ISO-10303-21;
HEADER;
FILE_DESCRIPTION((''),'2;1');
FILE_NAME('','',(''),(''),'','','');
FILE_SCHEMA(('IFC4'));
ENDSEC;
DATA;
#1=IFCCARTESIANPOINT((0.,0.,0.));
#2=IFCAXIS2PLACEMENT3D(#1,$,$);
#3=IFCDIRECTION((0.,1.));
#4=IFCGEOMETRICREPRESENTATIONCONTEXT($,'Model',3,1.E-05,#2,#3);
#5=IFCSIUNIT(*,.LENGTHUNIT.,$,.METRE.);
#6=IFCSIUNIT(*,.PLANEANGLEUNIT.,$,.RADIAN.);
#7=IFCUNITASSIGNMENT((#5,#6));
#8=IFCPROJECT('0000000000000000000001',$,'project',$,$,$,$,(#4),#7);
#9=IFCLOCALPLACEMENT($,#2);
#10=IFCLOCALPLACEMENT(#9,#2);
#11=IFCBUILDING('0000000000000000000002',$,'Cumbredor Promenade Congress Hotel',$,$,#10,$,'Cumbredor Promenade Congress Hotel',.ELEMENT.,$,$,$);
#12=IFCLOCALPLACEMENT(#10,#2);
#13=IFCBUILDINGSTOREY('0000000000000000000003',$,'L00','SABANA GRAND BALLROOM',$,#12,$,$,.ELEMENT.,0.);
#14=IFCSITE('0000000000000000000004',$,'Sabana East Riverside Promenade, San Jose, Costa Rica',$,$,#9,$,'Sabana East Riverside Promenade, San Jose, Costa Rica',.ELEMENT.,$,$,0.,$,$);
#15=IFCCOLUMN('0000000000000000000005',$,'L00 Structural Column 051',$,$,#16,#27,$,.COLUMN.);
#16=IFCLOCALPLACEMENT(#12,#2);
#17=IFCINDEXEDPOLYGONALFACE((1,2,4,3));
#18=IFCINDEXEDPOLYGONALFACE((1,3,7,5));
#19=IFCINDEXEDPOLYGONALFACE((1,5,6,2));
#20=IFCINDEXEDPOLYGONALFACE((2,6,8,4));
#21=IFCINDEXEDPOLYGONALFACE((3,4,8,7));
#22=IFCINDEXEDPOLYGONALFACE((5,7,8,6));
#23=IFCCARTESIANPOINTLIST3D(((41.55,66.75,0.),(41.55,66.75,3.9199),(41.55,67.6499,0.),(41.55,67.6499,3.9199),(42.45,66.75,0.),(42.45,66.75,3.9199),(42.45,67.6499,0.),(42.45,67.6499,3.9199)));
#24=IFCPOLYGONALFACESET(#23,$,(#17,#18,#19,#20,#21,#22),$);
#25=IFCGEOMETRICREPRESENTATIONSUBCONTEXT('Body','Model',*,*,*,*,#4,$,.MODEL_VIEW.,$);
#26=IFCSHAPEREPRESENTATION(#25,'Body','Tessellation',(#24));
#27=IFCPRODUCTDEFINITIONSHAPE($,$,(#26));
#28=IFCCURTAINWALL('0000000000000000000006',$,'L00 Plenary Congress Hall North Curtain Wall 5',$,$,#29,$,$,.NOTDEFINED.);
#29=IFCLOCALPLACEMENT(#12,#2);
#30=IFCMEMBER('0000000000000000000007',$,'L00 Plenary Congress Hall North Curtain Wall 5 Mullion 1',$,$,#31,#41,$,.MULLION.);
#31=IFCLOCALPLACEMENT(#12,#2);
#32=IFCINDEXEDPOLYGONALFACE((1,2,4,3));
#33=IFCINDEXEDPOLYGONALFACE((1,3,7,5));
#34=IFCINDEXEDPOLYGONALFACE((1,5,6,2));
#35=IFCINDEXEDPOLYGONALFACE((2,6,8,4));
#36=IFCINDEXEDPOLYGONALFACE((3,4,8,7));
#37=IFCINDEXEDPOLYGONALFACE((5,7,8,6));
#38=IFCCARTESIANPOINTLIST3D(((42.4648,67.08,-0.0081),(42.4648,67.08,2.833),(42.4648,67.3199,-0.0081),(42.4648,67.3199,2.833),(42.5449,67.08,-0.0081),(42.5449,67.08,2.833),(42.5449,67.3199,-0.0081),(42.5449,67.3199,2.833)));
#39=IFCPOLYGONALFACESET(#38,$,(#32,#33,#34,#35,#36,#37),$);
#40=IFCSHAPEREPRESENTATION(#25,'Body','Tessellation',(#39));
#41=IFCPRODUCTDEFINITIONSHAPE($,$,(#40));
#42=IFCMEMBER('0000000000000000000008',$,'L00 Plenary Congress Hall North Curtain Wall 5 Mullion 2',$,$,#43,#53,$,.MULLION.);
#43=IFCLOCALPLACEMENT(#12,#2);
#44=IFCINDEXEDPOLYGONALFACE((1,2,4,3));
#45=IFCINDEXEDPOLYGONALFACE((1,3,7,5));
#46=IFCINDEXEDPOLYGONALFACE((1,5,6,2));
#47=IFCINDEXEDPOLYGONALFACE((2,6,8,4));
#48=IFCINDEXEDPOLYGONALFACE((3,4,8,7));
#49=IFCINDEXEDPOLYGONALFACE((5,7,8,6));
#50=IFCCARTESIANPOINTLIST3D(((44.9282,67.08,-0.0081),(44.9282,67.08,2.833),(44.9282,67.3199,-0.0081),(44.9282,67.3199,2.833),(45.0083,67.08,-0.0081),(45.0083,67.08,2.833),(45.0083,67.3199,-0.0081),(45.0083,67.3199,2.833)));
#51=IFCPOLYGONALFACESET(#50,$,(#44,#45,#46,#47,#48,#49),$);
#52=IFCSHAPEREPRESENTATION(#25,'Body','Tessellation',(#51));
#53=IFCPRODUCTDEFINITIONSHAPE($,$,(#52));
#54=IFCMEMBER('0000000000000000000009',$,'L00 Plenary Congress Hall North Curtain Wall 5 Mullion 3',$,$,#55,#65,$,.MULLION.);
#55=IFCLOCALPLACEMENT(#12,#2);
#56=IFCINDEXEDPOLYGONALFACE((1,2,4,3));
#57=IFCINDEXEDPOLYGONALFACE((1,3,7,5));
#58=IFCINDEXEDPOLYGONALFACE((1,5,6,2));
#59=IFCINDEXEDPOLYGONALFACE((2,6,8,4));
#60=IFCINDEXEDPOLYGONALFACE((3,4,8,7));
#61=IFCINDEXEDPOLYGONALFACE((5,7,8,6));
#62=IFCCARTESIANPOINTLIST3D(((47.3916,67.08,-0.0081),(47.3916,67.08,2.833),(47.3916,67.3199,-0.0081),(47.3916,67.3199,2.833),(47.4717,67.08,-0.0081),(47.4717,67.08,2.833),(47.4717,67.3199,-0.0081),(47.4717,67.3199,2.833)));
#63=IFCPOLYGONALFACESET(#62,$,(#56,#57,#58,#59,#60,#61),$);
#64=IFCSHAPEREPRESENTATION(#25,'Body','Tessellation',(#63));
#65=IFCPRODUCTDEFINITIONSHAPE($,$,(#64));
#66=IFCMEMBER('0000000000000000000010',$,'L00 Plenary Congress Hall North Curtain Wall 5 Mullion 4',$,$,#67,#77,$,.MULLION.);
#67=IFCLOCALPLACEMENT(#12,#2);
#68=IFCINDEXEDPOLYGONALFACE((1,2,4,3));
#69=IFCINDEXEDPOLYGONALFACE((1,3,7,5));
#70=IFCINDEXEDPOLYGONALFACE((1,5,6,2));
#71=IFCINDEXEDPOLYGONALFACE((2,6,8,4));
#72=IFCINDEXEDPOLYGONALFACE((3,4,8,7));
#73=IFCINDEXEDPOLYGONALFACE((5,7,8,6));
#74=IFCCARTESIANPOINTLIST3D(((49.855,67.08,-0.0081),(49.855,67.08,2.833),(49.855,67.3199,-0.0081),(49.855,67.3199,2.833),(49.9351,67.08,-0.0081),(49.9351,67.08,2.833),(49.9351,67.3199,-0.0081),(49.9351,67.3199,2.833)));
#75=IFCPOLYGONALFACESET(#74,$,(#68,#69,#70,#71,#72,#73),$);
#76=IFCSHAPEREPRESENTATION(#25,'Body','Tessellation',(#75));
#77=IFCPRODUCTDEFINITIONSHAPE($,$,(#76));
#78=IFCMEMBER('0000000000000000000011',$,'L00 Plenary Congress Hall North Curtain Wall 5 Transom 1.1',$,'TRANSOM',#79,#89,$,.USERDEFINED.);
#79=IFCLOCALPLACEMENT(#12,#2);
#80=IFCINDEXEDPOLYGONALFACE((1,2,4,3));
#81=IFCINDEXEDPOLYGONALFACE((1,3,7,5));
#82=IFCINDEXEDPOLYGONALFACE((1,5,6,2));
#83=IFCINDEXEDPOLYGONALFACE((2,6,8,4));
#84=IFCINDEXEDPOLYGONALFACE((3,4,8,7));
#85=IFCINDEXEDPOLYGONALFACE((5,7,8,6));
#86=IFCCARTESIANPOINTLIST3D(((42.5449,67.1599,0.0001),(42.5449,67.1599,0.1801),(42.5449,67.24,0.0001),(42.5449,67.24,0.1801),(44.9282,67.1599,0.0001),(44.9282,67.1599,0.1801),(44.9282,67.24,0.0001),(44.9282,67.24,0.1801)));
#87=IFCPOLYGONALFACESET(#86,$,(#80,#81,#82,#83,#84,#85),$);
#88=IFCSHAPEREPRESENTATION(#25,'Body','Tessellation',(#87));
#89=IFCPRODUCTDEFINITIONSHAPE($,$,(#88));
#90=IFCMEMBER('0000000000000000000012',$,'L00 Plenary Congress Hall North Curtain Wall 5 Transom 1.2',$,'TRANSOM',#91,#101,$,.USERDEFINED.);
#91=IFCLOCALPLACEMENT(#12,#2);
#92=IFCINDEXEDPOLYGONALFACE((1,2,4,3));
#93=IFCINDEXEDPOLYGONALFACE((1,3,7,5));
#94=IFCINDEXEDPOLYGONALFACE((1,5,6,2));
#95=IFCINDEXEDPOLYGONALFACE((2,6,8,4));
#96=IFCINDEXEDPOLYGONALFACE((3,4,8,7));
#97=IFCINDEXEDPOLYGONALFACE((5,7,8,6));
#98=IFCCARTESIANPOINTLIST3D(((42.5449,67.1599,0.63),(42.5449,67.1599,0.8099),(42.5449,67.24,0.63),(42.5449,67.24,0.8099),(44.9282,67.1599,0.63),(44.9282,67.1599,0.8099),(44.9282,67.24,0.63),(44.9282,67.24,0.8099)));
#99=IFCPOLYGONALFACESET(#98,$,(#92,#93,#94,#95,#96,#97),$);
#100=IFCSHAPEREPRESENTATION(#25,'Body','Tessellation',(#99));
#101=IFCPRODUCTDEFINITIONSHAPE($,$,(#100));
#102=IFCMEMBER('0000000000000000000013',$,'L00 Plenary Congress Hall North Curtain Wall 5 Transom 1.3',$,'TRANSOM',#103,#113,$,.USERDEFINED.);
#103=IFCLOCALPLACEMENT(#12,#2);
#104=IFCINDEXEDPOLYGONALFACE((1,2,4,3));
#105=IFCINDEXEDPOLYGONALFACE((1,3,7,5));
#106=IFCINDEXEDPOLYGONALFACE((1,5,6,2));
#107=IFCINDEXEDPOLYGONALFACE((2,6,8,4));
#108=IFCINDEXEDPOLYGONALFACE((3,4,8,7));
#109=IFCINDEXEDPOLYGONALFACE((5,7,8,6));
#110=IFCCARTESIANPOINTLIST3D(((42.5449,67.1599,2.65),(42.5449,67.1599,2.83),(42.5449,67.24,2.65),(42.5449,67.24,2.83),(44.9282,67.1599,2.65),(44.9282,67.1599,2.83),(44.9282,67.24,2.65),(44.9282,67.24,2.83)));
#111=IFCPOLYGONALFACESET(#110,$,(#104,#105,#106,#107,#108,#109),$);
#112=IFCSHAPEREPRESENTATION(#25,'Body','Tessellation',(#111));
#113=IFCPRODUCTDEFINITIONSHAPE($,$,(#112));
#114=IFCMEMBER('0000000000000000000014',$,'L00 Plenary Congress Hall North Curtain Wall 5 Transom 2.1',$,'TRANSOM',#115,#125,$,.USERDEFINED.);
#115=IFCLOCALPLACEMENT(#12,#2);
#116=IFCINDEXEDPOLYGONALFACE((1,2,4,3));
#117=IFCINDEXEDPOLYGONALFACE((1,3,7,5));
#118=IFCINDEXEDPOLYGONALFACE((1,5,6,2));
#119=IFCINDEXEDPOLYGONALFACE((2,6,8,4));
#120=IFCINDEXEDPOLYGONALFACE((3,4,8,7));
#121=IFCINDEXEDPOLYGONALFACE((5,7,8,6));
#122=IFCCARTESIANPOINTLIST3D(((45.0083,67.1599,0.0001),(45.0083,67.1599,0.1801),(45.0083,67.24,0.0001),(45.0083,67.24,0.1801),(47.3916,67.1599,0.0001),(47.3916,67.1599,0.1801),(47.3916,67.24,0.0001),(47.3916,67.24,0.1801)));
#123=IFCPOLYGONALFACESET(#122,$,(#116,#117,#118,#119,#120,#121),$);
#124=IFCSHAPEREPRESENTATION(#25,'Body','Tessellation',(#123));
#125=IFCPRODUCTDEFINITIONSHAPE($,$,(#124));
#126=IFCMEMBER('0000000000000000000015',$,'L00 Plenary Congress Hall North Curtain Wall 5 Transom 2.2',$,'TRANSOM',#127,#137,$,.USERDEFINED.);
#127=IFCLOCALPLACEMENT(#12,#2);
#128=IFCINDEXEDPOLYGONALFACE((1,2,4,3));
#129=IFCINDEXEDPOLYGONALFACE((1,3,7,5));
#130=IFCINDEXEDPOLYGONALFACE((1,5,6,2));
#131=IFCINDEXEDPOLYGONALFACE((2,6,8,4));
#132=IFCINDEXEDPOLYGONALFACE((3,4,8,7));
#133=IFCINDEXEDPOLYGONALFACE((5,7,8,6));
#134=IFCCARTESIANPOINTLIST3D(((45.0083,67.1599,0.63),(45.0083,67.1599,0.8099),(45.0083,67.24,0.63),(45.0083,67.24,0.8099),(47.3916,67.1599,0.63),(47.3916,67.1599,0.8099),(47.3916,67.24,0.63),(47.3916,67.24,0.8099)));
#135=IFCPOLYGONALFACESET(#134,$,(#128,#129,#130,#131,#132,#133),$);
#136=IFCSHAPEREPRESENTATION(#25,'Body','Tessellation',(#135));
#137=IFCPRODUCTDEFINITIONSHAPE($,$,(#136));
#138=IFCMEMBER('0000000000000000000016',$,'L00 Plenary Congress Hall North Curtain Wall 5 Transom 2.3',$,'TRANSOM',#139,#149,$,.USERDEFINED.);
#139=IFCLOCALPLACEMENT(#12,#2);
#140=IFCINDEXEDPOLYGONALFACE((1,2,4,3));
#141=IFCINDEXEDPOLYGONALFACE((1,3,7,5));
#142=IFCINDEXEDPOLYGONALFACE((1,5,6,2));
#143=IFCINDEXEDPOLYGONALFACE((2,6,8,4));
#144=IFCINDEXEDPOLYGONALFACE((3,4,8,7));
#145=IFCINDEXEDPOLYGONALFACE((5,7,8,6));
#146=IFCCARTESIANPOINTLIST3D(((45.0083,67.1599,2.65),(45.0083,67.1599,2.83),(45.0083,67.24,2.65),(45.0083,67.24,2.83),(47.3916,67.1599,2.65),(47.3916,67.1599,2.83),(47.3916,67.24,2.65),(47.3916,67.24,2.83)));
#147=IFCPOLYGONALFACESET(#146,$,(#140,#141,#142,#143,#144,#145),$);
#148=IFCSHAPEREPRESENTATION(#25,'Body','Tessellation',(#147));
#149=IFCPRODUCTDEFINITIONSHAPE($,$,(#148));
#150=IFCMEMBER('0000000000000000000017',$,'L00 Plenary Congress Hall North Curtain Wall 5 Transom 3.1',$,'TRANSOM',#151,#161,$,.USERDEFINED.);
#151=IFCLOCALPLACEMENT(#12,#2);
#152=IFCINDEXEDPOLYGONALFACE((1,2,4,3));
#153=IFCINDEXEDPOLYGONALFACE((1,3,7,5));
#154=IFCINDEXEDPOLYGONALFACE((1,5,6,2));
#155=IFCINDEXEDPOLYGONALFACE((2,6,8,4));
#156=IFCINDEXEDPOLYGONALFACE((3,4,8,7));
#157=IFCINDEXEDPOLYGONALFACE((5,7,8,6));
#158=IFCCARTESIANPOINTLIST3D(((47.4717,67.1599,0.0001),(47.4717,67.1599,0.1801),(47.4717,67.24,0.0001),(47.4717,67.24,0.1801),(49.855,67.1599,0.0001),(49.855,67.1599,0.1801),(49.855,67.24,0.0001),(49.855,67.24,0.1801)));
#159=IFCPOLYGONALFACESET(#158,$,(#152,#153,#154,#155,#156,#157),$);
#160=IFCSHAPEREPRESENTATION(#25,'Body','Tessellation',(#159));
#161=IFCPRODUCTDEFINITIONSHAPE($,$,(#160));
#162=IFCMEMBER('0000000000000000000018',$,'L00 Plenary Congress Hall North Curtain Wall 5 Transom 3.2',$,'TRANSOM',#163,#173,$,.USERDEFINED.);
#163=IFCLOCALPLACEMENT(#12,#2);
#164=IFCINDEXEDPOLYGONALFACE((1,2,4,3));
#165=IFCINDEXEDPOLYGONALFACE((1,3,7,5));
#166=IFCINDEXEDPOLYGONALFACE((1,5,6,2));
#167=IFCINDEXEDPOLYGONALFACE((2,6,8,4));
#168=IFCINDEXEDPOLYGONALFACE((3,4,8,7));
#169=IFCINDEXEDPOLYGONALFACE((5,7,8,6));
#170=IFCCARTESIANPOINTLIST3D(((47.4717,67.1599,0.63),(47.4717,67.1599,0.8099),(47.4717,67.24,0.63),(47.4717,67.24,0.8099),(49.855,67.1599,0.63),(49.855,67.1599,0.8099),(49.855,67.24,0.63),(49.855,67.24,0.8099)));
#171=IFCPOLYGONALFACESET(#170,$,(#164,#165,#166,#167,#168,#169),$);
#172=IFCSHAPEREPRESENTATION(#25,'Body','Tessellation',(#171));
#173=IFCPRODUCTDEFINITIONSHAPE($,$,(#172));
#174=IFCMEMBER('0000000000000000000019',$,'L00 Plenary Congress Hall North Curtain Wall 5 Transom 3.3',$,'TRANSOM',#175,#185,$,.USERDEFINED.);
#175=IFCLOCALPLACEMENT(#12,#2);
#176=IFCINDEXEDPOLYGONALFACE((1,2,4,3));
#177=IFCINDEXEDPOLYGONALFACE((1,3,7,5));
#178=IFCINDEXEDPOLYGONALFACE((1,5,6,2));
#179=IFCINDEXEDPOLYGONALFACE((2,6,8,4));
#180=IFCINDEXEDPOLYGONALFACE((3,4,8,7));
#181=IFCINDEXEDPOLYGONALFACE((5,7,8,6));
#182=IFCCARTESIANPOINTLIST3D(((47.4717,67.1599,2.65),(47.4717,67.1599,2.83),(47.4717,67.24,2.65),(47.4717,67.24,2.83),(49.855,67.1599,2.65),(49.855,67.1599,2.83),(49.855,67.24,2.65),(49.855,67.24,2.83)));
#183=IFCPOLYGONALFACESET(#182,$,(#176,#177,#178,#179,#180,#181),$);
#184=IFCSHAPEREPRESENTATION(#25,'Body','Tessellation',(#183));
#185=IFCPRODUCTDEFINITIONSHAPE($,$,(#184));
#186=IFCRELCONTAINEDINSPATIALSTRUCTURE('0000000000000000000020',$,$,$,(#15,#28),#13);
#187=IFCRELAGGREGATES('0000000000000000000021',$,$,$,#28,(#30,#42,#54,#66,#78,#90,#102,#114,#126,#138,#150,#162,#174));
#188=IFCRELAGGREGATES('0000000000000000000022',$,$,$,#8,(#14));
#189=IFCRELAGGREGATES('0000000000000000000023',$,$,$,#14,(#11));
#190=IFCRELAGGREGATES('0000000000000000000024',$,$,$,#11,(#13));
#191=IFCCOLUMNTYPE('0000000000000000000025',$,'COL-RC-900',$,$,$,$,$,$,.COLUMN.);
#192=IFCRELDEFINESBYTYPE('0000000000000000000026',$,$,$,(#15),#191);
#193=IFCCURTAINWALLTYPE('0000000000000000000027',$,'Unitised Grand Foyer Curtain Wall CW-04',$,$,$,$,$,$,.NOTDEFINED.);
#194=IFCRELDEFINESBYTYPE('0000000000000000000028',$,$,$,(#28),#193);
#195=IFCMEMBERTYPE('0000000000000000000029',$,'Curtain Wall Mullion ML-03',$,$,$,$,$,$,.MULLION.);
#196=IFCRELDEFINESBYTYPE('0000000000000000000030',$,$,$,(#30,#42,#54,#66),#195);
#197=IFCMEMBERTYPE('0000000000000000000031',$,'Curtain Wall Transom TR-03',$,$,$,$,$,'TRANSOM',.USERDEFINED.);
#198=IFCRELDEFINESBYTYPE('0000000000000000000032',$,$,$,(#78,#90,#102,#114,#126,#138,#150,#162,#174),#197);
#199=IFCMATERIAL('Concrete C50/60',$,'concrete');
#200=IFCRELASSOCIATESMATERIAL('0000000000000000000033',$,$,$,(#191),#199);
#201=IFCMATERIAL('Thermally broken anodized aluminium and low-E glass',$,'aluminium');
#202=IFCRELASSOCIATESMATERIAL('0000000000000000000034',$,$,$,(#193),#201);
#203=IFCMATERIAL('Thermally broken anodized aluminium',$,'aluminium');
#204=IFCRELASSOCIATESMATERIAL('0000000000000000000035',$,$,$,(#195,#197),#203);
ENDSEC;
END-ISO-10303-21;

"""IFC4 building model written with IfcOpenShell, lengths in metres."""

from ifc_helpers import new_model, si_unit, direction, frame, origin, origin_2d, place, context, subcontext, project, spatial, rectangle, extrude, material, material_profile, profile_set, type_object, element, aggregate, save


model = new_model("IFC4")

# Units and contexts
model_context = context("Model", 3, precision=1e-05, world=origin(), true_north=direction((0.0, 1.0)))
body_context = subcontext(model_context, "Body", "Model", "MODEL_VIEW")
ifc_project = project(units=[si_unit("LENGTHUNIT", "METRE"), si_unit("PLANEANGLEUNIT", "RADIAN")], contexts=[model_context])

# Site, building, storey
site_placement = place(None, origin())
site = spatial("IfcSite", under=ifc_project, at=site_placement, Name="Sabana East Riverside Promenade, San Jose, Costa Rica", LongName="Sabana East Riverside Promenade, San Jose, Costa Rica", CompositionType="ELEMENT", RefElevation=0.0)
building_placement = place(site_placement, origin())
building = spatial("IfcBuilding", under=site, at=building_placement, Name="Cumbredor Promenade Congress Hotel", LongName="Cumbredor Promenade Congress Hotel", CompositionType="ELEMENT")
storey_placement = place(building_placement, origin())
storey = spatial("IfcBuildingStorey", under=building, at=storey_placement, Name="L00", Description="SABANA GRAND BALLROOM", CompositionType="ELEMENT", Elevation=0.0)

# Column
ifc_material_1 = material(Name="Concrete C50/60", Category="concrete")
ifc_material_profile_1 = material_profile(ifc_material_1, rectangle(XDim=0.8999, YDim=0.8999, at=origin_2d()), Name="RC 900x900")
ifc_profile_set_1 = profile_set([ifc_material_profile_1], Name="Concrete C50/60")
column_type = type_object("IfcColumnType", Name="COL-RC-900", PredefinedType="COLUMN", material=ifc_profile_set_1)
column_placement = place(storey_placement, frame((42.0, 67.2, 0.0), z_axis=(0.0, 0.0, 1.0), x_axis=(1.0, 0.0, 0.0)))
element("IfcColumn", 1, at=column_placement, inside=storey, type_object=column_type, Name="L00 Structural Column 051", PredefinedType="COLUMN", context=body_context, shape_type="SweptSolid", body=[
    extrude(rectangle(XDim=0.8999, YDim=0.8999, at=origin_2d()), origin(), (0.0, 0.0, 1.0), 3.9199),
])

# Curtain wall, members
ifc_material_2 = material(Name="Thermally broken anodized aluminium and low-E glass", Category="aluminium")
curtain_wall_type = type_object("IfcCurtainWallType", Name="Unitised Grand Foyer Curtain Wall CW-04", PredefinedType="NOTDEFINED", material=ifc_material_2)
curtain_wall_1_placement = place(storey_placement, origin())
curtain_wall_1 = element("IfcCurtainWall", 2, at=curtain_wall_1_placement, inside=storey, type_object=curtain_wall_type, Name="L00 Plenary Congress Hall North Curtain Wall 5", PredefinedType="NOTDEFINED")
ifc_material_3 = material(Name="Thermally broken anodized aluminium", Category="aluminium")
ifc_material_profile_2 = material_profile(ifc_material_3, rectangle(XDim=0.0801, YDim=0.24, at=origin_2d()), Name="ALU MULLION 80x240")
ifc_profile_set_2 = profile_set([ifc_material_profile_2], Name="Thermally broken anodized aluminium")
member_type_1 = type_object("IfcMemberType", Name="Curtain Wall Mullion ML-03", PredefinedType="MULLION", material=ifc_profile_set_2)
member_1_placement = place(storey_placement, frame((42.5049, 67.2, -0.0081), z_axis=(0.0, 0.0, 1.0), x_axis=(1.0, 0.0, 0.0)))
member_1 = element("IfcMember", 3, at=member_1_placement, type_object=member_type_1, Name="L00 Plenary Congress Hall North Curtain Wall 5 Mullion 1", PredefinedType="MULLION", context=body_context, shape_type="SweptSolid", body=[
    extrude(rectangle(XDim=0.0801, YDim=0.24, at=origin_2d()), origin(), (0.0, 0.0, 1.0), 2.8411),
])
member_2_placement = place(storey_placement, frame((44.9683, 67.2, -0.0081), z_axis=(0.0, 0.0, 1.0), x_axis=(1.0, 0.0, 0.0)))
member_2 = element("IfcMember", 4, at=member_2_placement, type_object=member_type_1, Name="L00 Plenary Congress Hall North Curtain Wall 5 Mullion 2", PredefinedType="MULLION", context=body_context, shape_type="SweptSolid", body=[
    extrude(rectangle(XDim=0.0801, YDim=0.24, at=origin_2d()), origin(), (0.0, 0.0, 1.0), 2.8411),
])
member_3_placement = place(storey_placement, frame((47.4316, 67.2, -0.0081), z_axis=(0.0, 0.0, 1.0), x_axis=(1.0, 0.0, 0.0)))
member_3 = element("IfcMember", 5, at=member_3_placement, type_object=member_type_1, Name="L00 Plenary Congress Hall North Curtain Wall 5 Mullion 3", PredefinedType="MULLION", context=body_context, shape_type="SweptSolid", body=[
    extrude(rectangle(XDim=0.0801, YDim=0.24, at=origin_2d()), origin(), (0.0, 0.0, 1.0), 2.8411),
])
member_4_placement = place(storey_placement, frame((49.895, 67.2, -0.0081), z_axis=(0.0, 0.0, 1.0), x_axis=(1.0, 0.0, 0.0)))
member_4 = element("IfcMember", 6, at=member_4_placement, type_object=member_type_1, Name="L00 Plenary Congress Hall North Curtain Wall 5 Mullion 4", PredefinedType="MULLION", context=body_context, shape_type="SweptSolid", body=[
    extrude(rectangle(XDim=0.0801, YDim=0.24, at=origin_2d()), origin(), (0.0, 0.0, 1.0), 2.8411),
])
ifc_material_profile_3 = material_profile(ifc_material_3, rectangle(XDim=0.0801, YDim=0.1799, at=origin_2d()), Name="ALU TRANSOM 80x180")
ifc_profile_set_3 = profile_set([ifc_material_profile_3], Name="Thermally broken anodized aluminium")
member_type_2 = type_object("IfcMemberType", Name="Curtain Wall Transom TR-03", ElementType="TRANSOM", PredefinedType="USERDEFINED", material=ifc_profile_set_3)
member_5_placement = place(storey_placement, frame((42.5449, 67.2, 0.0901), z_axis=(1.0, 0.0, 0.0), x_axis=(0.0, 1.0, 0.0)))
member_5 = element("IfcMember", 7, at=member_5_placement, type_object=member_type_2, Name="L00 Plenary Congress Hall North Curtain Wall 5 Transom 1.1", ObjectType="TRANSOM", PredefinedType="USERDEFINED", context=body_context, shape_type="SweptSolid", body=[
    extrude(rectangle(XDim=0.0801, YDim=0.1799, at=origin_2d()), origin(), (0.0, 0.0, 1.0), 2.3833),
])
member_6_placement = place(storey_placement, frame((42.5449, 67.2, 0.72), z_axis=(1.0, 0.0, 0.0), x_axis=(0.0, 1.0, 0.0)))
member_6 = element("IfcMember", 8, at=member_6_placement, type_object=member_type_2, Name="L00 Plenary Congress Hall North Curtain Wall 5 Transom 1.2", ObjectType="TRANSOM", PredefinedType="USERDEFINED", context=body_context, shape_type="SweptSolid", body=[
    extrude(rectangle(XDim=0.0801, YDim=0.1799, at=origin_2d()), origin(), (0.0, 0.0, 1.0), 2.3833),
])
member_7_placement = place(storey_placement, frame((42.5449, 67.2, 2.74), z_axis=(1.0, 0.0, 0.0), x_axis=(0.0, 1.0, 0.0)))
member_7 = element("IfcMember", 9, at=member_7_placement, type_object=member_type_2, Name="L00 Plenary Congress Hall North Curtain Wall 5 Transom 1.3", ObjectType="TRANSOM", PredefinedType="USERDEFINED", context=body_context, shape_type="SweptSolid", body=[
    extrude(rectangle(XDim=0.0801, YDim=0.1799, at=origin_2d()), origin(), (0.0, 0.0, 1.0), 2.3833),
])
member_8_placement = place(storey_placement, frame((45.0083, 67.2, 0.0901), z_axis=(1.0, 0.0, 0.0), x_axis=(0.0, 1.0, 0.0)))
member_8 = element("IfcMember", 10, at=member_8_placement, type_object=member_type_2, Name="L00 Plenary Congress Hall North Curtain Wall 5 Transom 2.1", ObjectType="TRANSOM", PredefinedType="USERDEFINED", context=body_context, shape_type="SweptSolid", body=[
    extrude(rectangle(XDim=0.0801, YDim=0.1799, at=origin_2d()), origin(), (0.0, 0.0, 1.0), 2.3833),
])
member_9_placement = place(storey_placement, frame((45.0083, 67.2, 0.72), z_axis=(1.0, 0.0, 0.0), x_axis=(0.0, 1.0, 0.0)))
member_9 = element("IfcMember", 11, at=member_9_placement, type_object=member_type_2, Name="L00 Plenary Congress Hall North Curtain Wall 5 Transom 2.2", ObjectType="TRANSOM", PredefinedType="USERDEFINED", context=body_context, shape_type="SweptSolid", body=[
    extrude(rectangle(XDim=0.0801, YDim=0.1799, at=origin_2d()), origin(), (0.0, 0.0, 1.0), 2.3833),
])
member_10_placement = place(storey_placement, frame((45.0083, 67.2, 2.74), z_axis=(1.0, 0.0, 0.0), x_axis=(0.0, 1.0, 0.0)))
member_10 = element("IfcMember", 12, at=member_10_placement, type_object=member_type_2, Name="L00 Plenary Congress Hall North Curtain Wall 5 Transom 2.3", ObjectType="TRANSOM", PredefinedType="USERDEFINED", context=body_context, shape_type="SweptSolid", body=[
    extrude(rectangle(XDim=0.0801, YDim=0.1799, at=origin_2d()), origin(), (0.0, 0.0, 1.0), 2.3833),
])
member_11_placement = place(storey_placement, frame((47.4717, 67.2, 0.0901), z_axis=(1.0, 0.0, 0.0), x_axis=(0.0, 1.0, 0.0)))
member_11 = element("IfcMember", 13, at=member_11_placement, type_object=member_type_2, Name="L00 Plenary Congress Hall North Curtain Wall 5 Transom 3.1", ObjectType="TRANSOM", PredefinedType="USERDEFINED", context=body_context, shape_type="SweptSolid", body=[
    extrude(rectangle(XDim=0.0801, YDim=0.1799, at=origin_2d()), origin(), (0.0, 0.0, 1.0), 2.3833),
])
member_12_placement = place(storey_placement, frame((47.4717, 67.2, 0.72), z_axis=(1.0, 0.0, 0.0), x_axis=(0.0, 1.0, 0.0)))
member_12 = element("IfcMember", 14, at=member_12_placement, type_object=member_type_2, Name="L00 Plenary Congress Hall North Curtain Wall 5 Transom 3.2", ObjectType="TRANSOM", PredefinedType="USERDEFINED", context=body_context, shape_type="SweptSolid", body=[
    extrude(rectangle(XDim=0.0801, YDim=0.1799, at=origin_2d()), origin(), (0.0, 0.0, 1.0), 2.3833),
])
member_13_placement = place(storey_placement, frame((47.4717, 67.2, 2.74), z_axis=(1.0, 0.0, 0.0), x_axis=(0.0, 1.0, 0.0)))
member_13 = element("IfcMember", 15, at=member_13_placement, type_object=member_type_2, Name="L00 Plenary Congress Hall North Curtain Wall 5 Transom 3.3", ObjectType="TRANSOM", PredefinedType="USERDEFINED", context=body_context, shape_type="SweptSolid", body=[
    extrude(rectangle(XDim=0.0801, YDim=0.1799, at=origin_2d()), origin(), (0.0, 0.0, 1.0), 2.3833),
])

aggregate(curtain_wall_1, [member_1, member_2, member_3, member_4, member_5, member_6, member_7, member_8, member_9, member_10, member_11, member_12, member_13])

save(model, "model.ifc")
